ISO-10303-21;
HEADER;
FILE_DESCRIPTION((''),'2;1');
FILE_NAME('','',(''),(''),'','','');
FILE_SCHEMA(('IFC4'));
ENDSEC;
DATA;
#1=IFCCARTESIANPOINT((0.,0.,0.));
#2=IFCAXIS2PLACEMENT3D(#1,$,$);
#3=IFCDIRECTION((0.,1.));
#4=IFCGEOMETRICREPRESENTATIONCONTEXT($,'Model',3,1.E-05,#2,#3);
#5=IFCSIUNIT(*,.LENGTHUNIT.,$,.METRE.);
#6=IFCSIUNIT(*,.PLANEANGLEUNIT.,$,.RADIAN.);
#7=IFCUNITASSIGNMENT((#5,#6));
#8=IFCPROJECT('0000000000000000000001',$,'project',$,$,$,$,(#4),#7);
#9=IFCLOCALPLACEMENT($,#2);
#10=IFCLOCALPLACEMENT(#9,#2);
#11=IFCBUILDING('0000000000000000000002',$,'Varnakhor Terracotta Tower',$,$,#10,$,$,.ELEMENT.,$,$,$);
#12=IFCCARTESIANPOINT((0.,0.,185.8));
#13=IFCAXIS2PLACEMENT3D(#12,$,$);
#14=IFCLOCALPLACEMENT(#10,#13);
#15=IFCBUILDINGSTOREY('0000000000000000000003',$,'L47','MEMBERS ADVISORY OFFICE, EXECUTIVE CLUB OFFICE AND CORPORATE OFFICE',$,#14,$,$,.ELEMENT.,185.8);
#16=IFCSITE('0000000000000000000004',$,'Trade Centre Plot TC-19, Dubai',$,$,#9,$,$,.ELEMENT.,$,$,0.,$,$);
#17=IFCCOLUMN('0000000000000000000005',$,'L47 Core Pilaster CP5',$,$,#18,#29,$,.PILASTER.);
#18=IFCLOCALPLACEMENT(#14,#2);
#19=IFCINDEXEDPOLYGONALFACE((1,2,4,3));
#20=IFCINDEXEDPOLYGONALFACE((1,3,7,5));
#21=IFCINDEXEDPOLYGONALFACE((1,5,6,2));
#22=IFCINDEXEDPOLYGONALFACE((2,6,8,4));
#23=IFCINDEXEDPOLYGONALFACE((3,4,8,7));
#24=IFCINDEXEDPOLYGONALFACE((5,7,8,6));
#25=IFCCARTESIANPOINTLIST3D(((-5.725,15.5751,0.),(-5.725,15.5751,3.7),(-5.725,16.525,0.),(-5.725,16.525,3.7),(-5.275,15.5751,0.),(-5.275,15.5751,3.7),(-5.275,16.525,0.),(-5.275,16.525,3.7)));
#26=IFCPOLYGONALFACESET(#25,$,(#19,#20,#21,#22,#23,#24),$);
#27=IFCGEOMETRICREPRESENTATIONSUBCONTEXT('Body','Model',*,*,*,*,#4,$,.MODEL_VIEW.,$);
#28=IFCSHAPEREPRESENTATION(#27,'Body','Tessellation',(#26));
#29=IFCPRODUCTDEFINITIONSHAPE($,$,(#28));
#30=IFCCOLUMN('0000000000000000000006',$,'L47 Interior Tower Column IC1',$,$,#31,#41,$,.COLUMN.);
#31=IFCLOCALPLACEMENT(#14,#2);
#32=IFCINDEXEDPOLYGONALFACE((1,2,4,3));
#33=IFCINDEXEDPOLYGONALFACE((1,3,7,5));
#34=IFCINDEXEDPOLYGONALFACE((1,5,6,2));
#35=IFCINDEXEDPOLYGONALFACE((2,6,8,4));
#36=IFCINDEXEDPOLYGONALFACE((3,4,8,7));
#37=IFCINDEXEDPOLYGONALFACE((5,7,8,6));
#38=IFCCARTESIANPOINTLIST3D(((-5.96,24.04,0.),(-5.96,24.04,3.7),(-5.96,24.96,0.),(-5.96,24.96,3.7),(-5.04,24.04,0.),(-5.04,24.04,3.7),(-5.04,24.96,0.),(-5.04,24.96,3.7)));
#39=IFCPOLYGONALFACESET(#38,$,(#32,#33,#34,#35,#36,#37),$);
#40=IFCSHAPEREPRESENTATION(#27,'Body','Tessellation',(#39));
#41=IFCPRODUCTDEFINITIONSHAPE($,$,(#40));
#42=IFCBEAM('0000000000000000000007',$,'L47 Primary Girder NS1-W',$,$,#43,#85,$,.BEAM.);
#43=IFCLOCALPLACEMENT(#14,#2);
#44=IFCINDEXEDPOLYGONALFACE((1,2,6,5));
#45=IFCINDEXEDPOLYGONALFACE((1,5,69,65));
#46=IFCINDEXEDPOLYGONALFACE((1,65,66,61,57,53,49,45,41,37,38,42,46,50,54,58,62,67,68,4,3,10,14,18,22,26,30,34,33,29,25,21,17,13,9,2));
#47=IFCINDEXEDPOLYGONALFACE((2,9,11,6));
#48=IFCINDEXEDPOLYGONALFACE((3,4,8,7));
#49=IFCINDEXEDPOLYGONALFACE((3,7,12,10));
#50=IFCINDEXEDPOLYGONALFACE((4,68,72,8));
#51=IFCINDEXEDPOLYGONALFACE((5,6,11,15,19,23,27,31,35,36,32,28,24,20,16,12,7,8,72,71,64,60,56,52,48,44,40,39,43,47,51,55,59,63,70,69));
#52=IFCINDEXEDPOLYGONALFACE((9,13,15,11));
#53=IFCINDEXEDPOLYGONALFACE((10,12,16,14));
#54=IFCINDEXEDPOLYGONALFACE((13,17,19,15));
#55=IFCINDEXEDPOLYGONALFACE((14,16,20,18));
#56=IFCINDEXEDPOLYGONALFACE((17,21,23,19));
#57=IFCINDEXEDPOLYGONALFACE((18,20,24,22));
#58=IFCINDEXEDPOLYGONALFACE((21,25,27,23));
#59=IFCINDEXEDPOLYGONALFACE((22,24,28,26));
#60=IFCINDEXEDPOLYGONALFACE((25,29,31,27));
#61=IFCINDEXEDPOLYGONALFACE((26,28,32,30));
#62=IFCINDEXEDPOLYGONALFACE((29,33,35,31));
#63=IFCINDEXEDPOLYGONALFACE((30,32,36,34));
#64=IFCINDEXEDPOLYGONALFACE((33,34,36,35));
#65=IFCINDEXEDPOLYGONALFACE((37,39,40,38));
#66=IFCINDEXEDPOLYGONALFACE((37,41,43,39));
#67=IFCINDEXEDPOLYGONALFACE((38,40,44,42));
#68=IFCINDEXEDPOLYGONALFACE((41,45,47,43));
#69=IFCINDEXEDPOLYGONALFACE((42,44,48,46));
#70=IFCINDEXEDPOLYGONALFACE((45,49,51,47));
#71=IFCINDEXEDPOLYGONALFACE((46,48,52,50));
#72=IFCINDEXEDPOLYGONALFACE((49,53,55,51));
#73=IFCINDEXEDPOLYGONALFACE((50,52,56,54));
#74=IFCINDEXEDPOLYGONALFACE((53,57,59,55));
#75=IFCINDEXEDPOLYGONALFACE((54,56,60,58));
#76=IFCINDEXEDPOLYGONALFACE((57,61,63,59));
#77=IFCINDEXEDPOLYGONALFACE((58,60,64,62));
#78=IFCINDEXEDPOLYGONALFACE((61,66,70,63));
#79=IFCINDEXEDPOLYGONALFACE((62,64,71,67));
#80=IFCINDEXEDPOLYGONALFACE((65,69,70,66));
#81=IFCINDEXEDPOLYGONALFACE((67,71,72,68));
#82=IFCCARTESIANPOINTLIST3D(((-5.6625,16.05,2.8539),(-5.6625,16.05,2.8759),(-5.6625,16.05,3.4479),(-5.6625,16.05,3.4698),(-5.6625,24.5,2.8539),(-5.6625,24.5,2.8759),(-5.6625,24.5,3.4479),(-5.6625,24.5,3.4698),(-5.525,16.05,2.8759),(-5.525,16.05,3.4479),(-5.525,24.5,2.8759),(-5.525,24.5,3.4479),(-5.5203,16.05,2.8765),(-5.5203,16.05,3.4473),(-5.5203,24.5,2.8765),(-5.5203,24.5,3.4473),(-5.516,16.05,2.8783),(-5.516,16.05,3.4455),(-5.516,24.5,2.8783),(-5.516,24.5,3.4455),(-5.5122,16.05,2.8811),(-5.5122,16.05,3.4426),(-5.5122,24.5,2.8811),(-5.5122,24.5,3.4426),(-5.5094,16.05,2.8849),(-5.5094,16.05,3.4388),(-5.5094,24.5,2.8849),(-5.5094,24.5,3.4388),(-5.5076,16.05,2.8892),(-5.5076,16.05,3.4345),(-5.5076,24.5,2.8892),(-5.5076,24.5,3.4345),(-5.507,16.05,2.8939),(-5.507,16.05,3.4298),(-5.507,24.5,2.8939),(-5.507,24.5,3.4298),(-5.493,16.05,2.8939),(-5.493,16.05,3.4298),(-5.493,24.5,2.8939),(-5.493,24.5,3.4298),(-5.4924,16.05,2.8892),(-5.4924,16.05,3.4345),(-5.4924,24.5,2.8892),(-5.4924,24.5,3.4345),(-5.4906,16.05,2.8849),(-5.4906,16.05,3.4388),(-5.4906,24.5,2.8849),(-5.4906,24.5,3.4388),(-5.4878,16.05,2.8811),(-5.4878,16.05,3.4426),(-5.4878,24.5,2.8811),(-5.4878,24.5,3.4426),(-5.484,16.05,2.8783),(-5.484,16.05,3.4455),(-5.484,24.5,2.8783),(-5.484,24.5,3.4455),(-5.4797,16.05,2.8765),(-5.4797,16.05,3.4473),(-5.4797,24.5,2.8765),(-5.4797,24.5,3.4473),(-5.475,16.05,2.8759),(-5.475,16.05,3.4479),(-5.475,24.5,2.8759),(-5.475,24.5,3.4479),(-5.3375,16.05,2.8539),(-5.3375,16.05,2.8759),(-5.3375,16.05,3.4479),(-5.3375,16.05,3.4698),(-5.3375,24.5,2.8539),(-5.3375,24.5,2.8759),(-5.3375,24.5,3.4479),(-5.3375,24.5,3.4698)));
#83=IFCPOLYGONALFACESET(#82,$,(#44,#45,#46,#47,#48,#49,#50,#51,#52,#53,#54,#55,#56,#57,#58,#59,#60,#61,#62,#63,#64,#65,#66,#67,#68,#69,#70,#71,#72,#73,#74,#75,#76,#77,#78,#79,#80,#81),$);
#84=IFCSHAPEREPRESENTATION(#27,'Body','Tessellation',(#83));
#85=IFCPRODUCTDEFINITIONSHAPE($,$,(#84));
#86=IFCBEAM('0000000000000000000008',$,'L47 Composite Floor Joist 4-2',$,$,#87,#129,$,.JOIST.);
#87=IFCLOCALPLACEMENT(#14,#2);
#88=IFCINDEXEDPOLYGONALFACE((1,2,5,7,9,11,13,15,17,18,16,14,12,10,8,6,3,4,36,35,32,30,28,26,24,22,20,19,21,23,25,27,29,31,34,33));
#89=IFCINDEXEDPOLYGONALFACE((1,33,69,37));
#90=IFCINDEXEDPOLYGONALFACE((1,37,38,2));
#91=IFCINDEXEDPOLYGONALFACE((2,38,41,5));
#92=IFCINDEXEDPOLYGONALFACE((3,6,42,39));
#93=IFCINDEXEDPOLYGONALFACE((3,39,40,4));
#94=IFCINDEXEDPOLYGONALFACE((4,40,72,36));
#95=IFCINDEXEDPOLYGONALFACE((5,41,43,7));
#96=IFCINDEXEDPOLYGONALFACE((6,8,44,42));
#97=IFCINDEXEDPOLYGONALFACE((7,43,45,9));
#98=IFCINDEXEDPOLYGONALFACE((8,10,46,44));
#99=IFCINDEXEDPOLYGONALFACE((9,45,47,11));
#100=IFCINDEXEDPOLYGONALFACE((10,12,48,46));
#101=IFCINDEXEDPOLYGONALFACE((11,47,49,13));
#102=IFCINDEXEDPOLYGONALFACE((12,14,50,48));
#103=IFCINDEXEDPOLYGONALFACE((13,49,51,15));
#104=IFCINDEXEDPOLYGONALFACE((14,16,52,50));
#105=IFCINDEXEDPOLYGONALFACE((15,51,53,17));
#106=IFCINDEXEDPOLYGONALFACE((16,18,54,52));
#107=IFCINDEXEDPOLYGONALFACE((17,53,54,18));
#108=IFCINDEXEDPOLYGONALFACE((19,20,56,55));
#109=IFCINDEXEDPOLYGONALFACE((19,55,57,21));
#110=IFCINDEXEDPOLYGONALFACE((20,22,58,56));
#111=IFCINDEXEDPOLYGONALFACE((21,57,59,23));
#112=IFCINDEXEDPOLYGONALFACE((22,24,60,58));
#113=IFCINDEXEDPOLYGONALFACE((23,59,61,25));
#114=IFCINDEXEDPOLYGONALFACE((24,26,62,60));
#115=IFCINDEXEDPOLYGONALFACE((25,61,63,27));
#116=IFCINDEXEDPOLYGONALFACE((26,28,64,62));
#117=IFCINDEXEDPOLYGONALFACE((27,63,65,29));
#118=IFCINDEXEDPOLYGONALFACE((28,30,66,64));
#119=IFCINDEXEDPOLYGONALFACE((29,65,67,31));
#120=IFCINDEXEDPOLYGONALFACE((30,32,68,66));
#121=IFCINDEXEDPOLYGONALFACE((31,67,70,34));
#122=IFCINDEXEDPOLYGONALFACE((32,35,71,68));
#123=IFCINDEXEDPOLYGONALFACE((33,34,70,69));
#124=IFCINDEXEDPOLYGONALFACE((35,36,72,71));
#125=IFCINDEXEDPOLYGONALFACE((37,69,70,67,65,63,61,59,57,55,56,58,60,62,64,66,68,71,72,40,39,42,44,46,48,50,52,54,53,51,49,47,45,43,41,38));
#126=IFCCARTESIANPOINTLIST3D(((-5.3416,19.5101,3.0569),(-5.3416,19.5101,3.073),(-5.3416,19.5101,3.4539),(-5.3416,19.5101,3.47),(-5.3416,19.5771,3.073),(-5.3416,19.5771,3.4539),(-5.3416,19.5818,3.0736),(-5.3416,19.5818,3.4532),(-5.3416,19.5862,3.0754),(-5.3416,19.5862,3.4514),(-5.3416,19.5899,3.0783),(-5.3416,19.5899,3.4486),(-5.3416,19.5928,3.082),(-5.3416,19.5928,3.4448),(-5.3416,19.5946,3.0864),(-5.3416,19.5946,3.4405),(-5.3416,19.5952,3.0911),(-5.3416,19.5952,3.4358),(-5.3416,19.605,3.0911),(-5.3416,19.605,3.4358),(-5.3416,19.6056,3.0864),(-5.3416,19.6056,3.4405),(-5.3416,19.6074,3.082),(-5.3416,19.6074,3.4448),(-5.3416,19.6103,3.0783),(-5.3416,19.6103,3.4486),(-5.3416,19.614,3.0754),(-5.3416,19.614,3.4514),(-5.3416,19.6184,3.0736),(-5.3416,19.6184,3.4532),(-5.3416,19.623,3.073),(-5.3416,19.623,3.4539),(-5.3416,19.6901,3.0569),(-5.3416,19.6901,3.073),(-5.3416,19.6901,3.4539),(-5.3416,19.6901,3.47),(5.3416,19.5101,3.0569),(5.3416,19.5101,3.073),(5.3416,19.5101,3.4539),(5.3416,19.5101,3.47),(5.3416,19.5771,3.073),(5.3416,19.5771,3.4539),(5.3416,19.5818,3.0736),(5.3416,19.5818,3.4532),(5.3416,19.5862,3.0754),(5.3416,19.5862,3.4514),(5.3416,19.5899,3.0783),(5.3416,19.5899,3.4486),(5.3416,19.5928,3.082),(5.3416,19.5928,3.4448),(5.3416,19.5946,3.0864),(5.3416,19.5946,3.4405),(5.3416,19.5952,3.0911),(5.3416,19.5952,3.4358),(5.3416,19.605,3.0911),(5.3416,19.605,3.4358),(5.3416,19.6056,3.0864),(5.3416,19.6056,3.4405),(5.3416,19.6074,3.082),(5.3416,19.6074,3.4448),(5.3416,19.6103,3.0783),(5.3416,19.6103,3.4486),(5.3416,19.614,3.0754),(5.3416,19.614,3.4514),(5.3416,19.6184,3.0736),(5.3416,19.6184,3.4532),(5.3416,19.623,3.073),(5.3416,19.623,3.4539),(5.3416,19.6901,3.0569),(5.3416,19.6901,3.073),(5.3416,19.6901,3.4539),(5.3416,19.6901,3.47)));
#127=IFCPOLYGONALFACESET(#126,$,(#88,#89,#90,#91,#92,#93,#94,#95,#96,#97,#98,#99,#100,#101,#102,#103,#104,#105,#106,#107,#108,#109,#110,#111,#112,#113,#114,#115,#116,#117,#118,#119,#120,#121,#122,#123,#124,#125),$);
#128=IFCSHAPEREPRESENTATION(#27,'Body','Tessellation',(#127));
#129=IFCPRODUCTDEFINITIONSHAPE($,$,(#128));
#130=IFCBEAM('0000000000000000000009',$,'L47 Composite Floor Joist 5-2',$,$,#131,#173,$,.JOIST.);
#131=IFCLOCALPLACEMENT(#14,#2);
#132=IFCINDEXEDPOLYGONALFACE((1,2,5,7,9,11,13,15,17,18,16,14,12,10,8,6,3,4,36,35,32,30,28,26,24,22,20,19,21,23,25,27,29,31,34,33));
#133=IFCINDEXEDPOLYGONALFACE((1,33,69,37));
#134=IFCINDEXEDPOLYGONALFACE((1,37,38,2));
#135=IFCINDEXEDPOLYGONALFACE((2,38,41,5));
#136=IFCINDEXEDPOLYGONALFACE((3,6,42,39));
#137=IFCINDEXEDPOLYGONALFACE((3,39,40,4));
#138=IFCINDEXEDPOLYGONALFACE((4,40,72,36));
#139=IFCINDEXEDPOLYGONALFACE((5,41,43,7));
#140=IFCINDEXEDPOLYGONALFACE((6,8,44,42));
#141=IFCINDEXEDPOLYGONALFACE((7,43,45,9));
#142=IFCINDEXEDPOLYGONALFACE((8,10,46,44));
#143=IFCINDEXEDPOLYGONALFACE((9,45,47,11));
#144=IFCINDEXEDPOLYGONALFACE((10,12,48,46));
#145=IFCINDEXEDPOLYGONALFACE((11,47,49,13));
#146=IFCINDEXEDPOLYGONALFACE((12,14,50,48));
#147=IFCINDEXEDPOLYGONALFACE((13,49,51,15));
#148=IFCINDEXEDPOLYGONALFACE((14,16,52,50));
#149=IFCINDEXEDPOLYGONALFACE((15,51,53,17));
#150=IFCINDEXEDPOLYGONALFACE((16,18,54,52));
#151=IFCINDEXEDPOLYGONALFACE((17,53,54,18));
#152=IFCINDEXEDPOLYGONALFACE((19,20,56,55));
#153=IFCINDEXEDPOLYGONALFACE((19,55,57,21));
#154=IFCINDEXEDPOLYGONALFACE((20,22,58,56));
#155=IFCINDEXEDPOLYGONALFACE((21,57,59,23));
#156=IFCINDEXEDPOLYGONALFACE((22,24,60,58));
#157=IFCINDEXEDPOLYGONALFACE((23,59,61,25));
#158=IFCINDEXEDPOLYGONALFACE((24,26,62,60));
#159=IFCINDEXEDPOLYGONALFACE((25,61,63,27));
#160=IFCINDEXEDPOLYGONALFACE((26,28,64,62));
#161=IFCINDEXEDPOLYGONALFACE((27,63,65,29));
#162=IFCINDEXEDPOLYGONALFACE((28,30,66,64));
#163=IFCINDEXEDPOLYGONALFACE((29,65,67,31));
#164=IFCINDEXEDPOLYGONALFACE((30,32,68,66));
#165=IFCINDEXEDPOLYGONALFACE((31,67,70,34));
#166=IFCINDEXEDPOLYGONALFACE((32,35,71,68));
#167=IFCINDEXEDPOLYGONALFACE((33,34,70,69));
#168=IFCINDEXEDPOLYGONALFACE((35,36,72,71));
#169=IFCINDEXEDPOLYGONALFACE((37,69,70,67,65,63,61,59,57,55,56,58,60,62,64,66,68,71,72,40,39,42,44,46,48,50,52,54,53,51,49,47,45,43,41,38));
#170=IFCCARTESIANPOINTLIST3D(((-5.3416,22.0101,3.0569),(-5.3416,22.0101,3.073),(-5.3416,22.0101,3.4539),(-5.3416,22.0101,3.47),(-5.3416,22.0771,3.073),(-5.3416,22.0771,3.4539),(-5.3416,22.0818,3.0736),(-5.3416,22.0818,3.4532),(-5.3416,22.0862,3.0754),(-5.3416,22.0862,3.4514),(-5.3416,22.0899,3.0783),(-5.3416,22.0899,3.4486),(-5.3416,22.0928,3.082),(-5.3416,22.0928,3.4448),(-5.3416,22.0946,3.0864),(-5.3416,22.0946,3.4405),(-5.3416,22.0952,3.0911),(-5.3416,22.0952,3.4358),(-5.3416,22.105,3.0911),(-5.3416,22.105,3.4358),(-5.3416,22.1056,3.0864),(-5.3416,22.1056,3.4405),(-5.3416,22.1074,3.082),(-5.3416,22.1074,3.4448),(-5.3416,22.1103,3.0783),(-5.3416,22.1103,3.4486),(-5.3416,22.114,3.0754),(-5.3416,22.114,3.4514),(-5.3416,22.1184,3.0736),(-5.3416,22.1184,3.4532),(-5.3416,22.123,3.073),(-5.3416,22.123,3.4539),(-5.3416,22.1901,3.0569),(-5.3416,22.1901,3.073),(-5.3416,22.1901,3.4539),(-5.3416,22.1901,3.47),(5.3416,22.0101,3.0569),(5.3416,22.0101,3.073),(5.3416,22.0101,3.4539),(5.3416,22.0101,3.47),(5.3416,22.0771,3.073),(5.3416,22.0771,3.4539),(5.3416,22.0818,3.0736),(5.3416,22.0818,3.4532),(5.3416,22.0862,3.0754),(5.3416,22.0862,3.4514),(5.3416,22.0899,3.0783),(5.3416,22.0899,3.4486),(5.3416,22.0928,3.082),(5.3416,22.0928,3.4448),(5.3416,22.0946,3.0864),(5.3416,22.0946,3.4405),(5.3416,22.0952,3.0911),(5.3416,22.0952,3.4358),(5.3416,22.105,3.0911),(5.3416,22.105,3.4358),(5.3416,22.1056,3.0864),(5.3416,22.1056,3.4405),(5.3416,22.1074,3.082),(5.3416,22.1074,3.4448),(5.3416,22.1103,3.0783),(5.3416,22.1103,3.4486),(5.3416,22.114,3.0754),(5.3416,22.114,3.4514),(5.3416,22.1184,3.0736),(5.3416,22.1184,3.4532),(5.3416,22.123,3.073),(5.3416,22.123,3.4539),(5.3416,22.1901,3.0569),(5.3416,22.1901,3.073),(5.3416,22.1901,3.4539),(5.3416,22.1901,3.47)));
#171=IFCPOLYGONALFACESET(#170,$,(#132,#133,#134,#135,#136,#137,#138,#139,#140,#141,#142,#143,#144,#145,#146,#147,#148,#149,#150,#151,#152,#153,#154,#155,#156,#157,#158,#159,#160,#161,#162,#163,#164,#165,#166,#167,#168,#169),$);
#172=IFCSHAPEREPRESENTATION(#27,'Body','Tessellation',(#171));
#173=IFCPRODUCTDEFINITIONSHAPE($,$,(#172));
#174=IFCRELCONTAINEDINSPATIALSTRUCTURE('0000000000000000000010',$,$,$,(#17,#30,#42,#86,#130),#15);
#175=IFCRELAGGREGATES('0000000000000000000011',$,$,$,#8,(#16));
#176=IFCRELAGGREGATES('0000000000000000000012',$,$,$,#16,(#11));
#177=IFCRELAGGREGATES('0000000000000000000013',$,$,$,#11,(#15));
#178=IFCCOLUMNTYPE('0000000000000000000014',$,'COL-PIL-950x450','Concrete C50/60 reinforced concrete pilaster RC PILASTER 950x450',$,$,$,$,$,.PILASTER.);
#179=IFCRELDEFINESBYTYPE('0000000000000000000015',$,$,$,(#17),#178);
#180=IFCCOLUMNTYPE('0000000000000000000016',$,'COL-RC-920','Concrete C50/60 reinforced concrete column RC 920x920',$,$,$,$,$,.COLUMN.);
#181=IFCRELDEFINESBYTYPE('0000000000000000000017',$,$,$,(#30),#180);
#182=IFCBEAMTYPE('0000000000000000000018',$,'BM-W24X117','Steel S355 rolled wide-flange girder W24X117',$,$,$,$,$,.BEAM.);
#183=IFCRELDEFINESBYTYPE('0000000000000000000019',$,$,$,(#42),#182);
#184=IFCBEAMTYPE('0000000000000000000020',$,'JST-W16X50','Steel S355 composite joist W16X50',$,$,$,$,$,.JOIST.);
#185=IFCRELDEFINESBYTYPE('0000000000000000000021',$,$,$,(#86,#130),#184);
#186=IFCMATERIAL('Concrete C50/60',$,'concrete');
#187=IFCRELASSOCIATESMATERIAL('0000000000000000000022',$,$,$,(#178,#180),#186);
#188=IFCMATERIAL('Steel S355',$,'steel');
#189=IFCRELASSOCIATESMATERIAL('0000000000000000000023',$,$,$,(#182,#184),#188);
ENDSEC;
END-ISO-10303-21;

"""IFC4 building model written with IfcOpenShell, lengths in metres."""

from ifc_helpers import new_model, si_unit, direction, frame, origin, origin_2d, place, context, subcontext, project, spatial, rectangle, i_section, extrude, source, transform, mapped, material, material_profile, profile_set, type_object, type_shapes, element, save


model = new_model("IFC4")

# Units and contexts
model_context = context("Model", 3, precision=1e-05, world=origin(), true_north=direction((0.0, 1.0)))
body_context = subcontext(model_context, "Body", "Model", "MODEL_VIEW")
ifc_project = project(units=[si_unit("LENGTHUNIT", "METRE"), si_unit("PLANEANGLEUNIT", "RADIAN")], contexts=[model_context])

# Site, building, storey
site_placement = place(None, origin())
site = spatial("IfcSite", under=ifc_project, at=site_placement, Name="Trade Centre Plot TC-19, Dubai", CompositionType="ELEMENT", RefElevation=0.0)
building_placement = place(site_placement, origin())
building = spatial("IfcBuilding", under=site, at=building_placement, Name="Varnakhor Terracotta Tower", CompositionType="ELEMENT")
storey_placement = place(building_placement, frame((0.0, 0.0, 185.8)))
storey = spatial("IfcBuildingStorey", under=building, at=storey_placement, Name="L47", Description="MEMBERS ADVISORY OFFICE, EXECUTIVE CLUB OFFICE AND CORPORATE OFFICE", CompositionType="ELEMENT", Elevation=185.8)

# Columns
ifc_material_1 = material(Name="Concrete C50/60", Category="concrete")
ifc_material_profile_1 = material_profile(ifc_material_1, rectangle(XDim=0.45, YDim=0.95, at=origin_2d()), Name="RC PILASTER 950x450")
ifc_profile_set_1 = profile_set([ifc_material_profile_1], Name="Concrete C50/60")
column_type_1 = type_object("IfcColumnType", Name="COL-PIL-950x450", Description="Concrete C50/60 reinforced concrete pilaster RC PILASTER 950x450", PredefinedType="PILASTER", material=ifc_profile_set_1)
shared_shape_1 = source(origin(), body_context, "Body", "SweptSolid", [
    extrude(rectangle(XDim=0.45, YDim=0.95, at=origin_2d()), origin(), (0.0, 0.0, 1.0), 3.7),
])
column_1_placement = place(storey_placement, frame((-5.5, 16.05, 0.0), z_axis=(0.0, 0.0, 1.0), x_axis=(1.0, 0.0, 0.0)))
element("IfcColumn", 1, at=column_1_placement, inside=storey, type_object=column_type_1, Name="L47 Core Pilaster CP5", PredefinedType="PILASTER", context=body_context, shape_type="MappedRepresentation", body=[
    mapped(shared_shape_1, transform((0.0, 0.0, 0.0), scale=1.0)),
])
ifc_material_profile_2 = material_profile(ifc_material_1, rectangle(XDim=0.9199, YDim=0.9199, at=origin_2d()), Name="RC 920x920")
ifc_profile_set_2 = profile_set([ifc_material_profile_2], Name="Concrete C50/60")
column_type_2 = type_object("IfcColumnType", Name="COL-RC-920", Description="Concrete C50/60 reinforced concrete column RC 920x920", PredefinedType="COLUMN", material=ifc_profile_set_2)
shared_shape_2 = source(origin(), body_context, "Body", "SweptSolid", [
    extrude(rectangle(XDim=0.9199, YDim=0.9199, at=origin_2d()), origin(), (0.0, 0.0, 1.0), 3.7),
])
column_2_placement = place(storey_placement, frame((-5.5, 24.5, 0.0), z_axis=(0.0, 0.0, 1.0), x_axis=(1.0, 0.0, 0.0)))
element("IfcColumn", 2, at=column_2_placement, inside=storey, type_object=column_type_2, Name="L47 Interior Tower Column IC1", PredefinedType="COLUMN", context=body_context, shape_type="MappedRepresentation", body=[
    mapped(shared_shape_2, transform((0.0, 0.0, 0.0), scale=1.0)),
])

# Beams
ifc_material_2 = material(Name="Steel S355", Category="steel")
ifc_material_profile_3 = material_profile(ifc_material_2, i_section(OverallWidth=0.325, OverallDepth=0.616, WebThickness=0.0139, FlangeThickness=0.022, FilletRadius=0.0181, at=origin_2d()), Name="W24X117")
ifc_profile_set_3 = profile_set([ifc_material_profile_3], Name="Steel S355")
beam_type_1 = type_object("IfcBeamType", Name="BM-W24X117", Description="Steel S355 rolled wide-flange girder W24X117", PredefinedType="BEAM", material=ifc_profile_set_3)
shared_shape_3 = source(origin(), body_context, "Body", "SweptSolid", [
    extrude(i_section(OverallWidth=0.325, OverallDepth=0.616, WebThickness=0.0139, FlangeThickness=0.022, FilletRadius=0.0181, at=origin_2d()), origin(), (0.0, 0.0, 1.0), 8.45),
])
type_shapes(beam_type_1, [shared_shape_3])
beam_placement = place(storey_placement, frame((-5.5, 16.05, 3.1619), z_axis=(0.0, 1.0, 0.0), x_axis=(-1.0, 0.0, 0.0)))
element("IfcBeam", 3, at=beam_placement, inside=storey, type_object=beam_type_1, Name="L47 Primary Girder NS1-W", PredefinedType="BEAM", context=body_context, shape_type="MappedRepresentation", body=[
    mapped(shared_shape_3, transform((0.0, 0.0, 0.0), scale=1.0)),
])
ifc_material_profile_4 = material_profile(ifc_material_2, i_section(OverallWidth=0.1799, OverallDepth=0.4131, WebThickness=0.0098, FlangeThickness=0.0161, FilletRadius=0.0181, at=origin_2d()), Name="W16X50")
ifc_profile_set_4 = profile_set([ifc_material_profile_4], Name="Steel S355")
beam_type_2 = type_object("IfcBeamType", Name="JST-W16X50", Description="Steel S355 composite joist W16X50", PredefinedType="JOIST", material=ifc_profile_set_4)
shared_shape_4 = source(origin(), body_context, "Body", "SweptSolid", [
    extrude(i_section(OverallWidth=0.1799, OverallDepth=0.4131, WebThickness=0.0098, FlangeThickness=0.0161, FilletRadius=0.0181, at=origin_2d()), origin(), (0.0, 0.0, 1.0), 10.6831),
])
for number, where, z_axis, x_axis, name in (
    (4, (-5.3416, 19.6001, 3.2634), (1.0, 0.0, 0.0), (0.0, 1.0, 0.0), "L47 Composite Floor Joist 4-2"),
    (5, (-5.3416, 22.1001, 3.2634), (1.0, 0.0, 0.0), (0.0, 1.0, 0.0), "L47 Composite Floor Joist 5-2"),
):
    element("IfcBeam", number, at=place(storey_placement, frame(where, z_axis=z_axis, x_axis=x_axis)), inside=storey, type_object=beam_type_2, Name=name, PredefinedType="JOIST", context=body_context, shape_type="MappedRepresentation", body=[
        mapped(shared_shape_4, transform((0.0, 0.0, 0.0), scale=1.0)),
    ])

save(model, "model.ifc")
